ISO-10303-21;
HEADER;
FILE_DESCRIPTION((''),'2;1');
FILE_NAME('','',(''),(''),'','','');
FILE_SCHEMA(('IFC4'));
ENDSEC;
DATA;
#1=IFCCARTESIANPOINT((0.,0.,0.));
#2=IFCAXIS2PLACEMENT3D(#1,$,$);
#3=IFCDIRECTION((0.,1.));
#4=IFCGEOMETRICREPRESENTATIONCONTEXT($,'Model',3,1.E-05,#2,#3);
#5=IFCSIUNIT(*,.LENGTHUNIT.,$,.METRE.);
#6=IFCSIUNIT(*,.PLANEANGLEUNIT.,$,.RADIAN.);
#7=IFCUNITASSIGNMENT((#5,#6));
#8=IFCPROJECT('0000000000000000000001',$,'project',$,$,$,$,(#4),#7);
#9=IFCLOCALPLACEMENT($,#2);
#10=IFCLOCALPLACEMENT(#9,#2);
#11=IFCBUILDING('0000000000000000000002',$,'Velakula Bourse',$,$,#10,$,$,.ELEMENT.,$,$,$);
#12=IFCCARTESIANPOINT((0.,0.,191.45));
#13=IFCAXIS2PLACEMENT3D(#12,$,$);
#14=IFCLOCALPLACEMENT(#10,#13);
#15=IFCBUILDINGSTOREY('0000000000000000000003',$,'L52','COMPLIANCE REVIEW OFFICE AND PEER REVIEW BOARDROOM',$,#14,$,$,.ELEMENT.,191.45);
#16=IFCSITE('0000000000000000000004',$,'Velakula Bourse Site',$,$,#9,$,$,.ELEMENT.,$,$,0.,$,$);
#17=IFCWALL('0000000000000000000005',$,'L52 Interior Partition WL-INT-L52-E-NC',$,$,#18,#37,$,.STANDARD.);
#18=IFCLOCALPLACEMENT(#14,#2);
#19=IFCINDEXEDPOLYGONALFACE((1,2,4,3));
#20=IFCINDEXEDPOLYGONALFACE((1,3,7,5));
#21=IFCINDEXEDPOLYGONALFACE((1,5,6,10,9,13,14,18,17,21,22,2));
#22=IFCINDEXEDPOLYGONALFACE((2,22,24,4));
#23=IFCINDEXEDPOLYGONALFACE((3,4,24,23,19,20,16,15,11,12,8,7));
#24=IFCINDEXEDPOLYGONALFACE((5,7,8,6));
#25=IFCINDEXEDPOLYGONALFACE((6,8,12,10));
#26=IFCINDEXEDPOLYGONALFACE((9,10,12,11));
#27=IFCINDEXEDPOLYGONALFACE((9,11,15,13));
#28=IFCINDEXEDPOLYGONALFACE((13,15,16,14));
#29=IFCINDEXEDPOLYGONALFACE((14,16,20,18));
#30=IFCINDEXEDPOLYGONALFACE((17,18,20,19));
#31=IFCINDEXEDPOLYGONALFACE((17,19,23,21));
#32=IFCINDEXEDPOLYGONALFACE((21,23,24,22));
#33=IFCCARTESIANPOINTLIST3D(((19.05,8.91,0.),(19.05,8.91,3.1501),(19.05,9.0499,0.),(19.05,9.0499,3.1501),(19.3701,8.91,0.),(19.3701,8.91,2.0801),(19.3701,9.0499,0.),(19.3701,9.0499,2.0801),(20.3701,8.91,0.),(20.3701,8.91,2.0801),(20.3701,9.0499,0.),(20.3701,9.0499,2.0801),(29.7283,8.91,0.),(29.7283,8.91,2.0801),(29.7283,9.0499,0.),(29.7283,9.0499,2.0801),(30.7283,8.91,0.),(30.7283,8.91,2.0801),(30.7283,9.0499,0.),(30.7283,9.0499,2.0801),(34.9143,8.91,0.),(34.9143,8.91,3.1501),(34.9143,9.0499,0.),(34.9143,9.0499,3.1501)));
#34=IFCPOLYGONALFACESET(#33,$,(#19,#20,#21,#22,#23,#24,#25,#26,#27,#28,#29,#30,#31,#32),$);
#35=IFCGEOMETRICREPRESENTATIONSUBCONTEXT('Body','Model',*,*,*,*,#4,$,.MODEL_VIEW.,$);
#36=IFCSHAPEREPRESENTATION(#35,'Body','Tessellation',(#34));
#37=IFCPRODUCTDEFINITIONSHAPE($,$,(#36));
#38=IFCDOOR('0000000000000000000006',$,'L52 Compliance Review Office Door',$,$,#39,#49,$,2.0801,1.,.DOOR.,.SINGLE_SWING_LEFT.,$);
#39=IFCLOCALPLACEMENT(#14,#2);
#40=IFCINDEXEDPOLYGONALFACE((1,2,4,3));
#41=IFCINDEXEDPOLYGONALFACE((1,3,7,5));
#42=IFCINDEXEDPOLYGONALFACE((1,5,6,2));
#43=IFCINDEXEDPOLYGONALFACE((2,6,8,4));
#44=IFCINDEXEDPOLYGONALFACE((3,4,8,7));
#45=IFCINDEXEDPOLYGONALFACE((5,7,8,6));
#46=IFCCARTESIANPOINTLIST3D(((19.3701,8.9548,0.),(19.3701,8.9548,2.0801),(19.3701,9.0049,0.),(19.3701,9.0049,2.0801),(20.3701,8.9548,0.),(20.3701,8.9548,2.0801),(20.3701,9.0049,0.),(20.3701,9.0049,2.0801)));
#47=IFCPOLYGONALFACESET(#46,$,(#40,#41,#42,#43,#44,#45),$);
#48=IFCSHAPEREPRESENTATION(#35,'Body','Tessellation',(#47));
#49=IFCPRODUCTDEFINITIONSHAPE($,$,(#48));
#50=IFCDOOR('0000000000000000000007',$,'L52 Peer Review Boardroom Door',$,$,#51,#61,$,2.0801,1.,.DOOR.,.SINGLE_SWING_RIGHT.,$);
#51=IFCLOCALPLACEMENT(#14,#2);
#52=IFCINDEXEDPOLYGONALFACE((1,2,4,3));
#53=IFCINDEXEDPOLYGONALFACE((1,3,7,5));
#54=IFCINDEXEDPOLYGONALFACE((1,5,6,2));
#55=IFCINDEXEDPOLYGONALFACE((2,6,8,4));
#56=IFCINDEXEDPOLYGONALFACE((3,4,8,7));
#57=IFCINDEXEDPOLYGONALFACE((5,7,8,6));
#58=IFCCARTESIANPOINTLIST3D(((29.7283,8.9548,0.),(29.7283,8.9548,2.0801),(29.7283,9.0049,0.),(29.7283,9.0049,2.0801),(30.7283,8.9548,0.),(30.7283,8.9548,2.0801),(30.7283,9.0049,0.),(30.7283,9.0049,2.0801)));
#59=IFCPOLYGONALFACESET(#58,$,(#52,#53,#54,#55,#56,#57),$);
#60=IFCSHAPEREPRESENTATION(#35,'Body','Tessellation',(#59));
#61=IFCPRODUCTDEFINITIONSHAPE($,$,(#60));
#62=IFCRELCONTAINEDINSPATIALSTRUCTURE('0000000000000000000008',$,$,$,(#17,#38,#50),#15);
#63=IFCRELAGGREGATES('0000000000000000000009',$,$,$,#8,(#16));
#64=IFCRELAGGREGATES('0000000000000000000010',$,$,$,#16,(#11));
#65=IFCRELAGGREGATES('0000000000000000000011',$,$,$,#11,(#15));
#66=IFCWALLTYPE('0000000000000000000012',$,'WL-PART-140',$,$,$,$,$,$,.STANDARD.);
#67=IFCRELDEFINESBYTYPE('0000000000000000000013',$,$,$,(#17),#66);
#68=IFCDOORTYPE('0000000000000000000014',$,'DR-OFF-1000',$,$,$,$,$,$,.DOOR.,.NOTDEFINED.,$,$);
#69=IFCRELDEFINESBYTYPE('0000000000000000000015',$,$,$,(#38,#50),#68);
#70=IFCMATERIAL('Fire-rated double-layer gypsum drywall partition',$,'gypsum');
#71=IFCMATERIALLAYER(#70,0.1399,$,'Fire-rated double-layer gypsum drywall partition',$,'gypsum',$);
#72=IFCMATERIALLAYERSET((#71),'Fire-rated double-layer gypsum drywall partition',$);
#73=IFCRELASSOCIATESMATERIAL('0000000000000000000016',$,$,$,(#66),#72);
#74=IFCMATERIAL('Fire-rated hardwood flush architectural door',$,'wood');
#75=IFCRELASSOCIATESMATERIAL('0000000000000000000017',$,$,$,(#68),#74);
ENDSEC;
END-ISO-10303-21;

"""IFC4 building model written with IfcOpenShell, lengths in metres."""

from ifc_helpers import new_model, si_unit, direction, frame, frame_2d, origin, place, context, subcontext, project, spatial, rectangle, extrude, material, layer, layer_set, type_object, element, fill, save


model = new_model("IFC4")

# Units and contexts
model_context = context("Model", 3, precision=1e-05, world=origin(), true_north=direction((0.0, 1.0)))
body_context = subcontext(model_context, "Body", "Model", "MODEL_VIEW")
ifc_project = project(units=[si_unit("LENGTHUNIT", "METRE"), si_unit("PLANEANGLEUNIT", "RADIAN")], contexts=[model_context])

# Site, building, storey
site_placement = place(None, origin())
site = spatial("IfcSite", under=ifc_project, at=site_placement, Name="Velakula Bourse Site", CompositionType="ELEMENT", RefElevation=0.0)
building_placement = place(site_placement, origin())
building = spatial("IfcBuilding", under=site, at=building_placement, Name="Velakula Bourse", CompositionType="ELEMENT")
storey_placement = place(building_placement, frame((0.0, 0.0, 191.45)))
storey = spatial("IfcBuildingStorey", under=building, at=storey_placement, Name="L52", Description="COMPLIANCE REVIEW OFFICE AND PEER REVIEW BOARDROOM", CompositionType="ELEMENT", Elevation=191.45)

# Wall, openings, doors
ifc_material_1 = material(Name="Fire-rated double-layer gypsum drywall partition", Category="gypsum")
ifc_layer = layer(ifc_material_1, 0.1399, Name="Fire-rated double-layer gypsum drywall partition", Category="gypsum")
ifc_layer_set = layer_set([ifc_layer], Name="Fire-rated double-layer gypsum drywall partition")
wall_type = type_object("IfcWallType", Name="WL-PART-140", PredefinedType="STANDARD", material=ifc_layer_set)
wall_placement = place(storey_placement, frame((19.05, 8.98, 0.0), z_axis=(0.0, 0.0, 1.0), x_axis=(1.0, 0.0, 0.0)))
wall = element("IfcWall", 1, at=wall_placement, inside=storey, type_object=wall_type, Name="L52 Interior Partition WL-INT-L52-E-NC", PredefinedType="STANDARD", context=body_context, shape_type="SweptSolid", body=[
    extrude(rectangle(XDim=15.8643, YDim=0.1399, at=frame_2d((7.9321, 0.0))), origin(), (0.0, 0.0, 1.0), 3.1501),
])
opening_1_placement = place(wall_placement, frame((0.3201, 0.0, 0.0)))
opening_1 = element("IfcOpeningElement", 2, at=opening_1_placement, cuts=wall, PredefinedType="OPENING", context=body_context, shape_type="SweptSolid", body=[
    extrude(rectangle(XDim=1.0, YDim=2.0801, at=frame_2d((0.5, 1.04))), frame((0.0, 0.0798, 0.0), z_axis=(0.0, -1.0, 0.0), x_axis=(1.0, 0.0, 0.0)), (0.0, 0.0, 1.0), 0.1599),
])
opening_2_placement = place(wall_placement, frame((10.6782, 0.0, 0.0)))
opening_2 = element("IfcOpeningElement", 3, at=opening_2_placement, cuts=wall, PredefinedType="OPENING", context=body_context, shape_type="SweptSolid", body=[
    extrude(rectangle(XDim=1.0, YDim=2.0801, at=frame_2d((0.5, 1.04))), frame((0.0, 0.0798, 0.0), z_axis=(0.0, -1.0, 0.0), x_axis=(1.0, 0.0, 0.0)), (0.0, 0.0, 1.0), 0.1599),
])
ifc_material_2 = material(Name="Fire-rated hardwood flush architectural door", Category="wood")
door_type = type_object("IfcDoorType", Name="DR-OFF-1000", OperationType="NOTDEFINED", PredefinedType="DOOR", material=ifc_material_2)
door_1_placement = place(opening_1_placement, origin())
door_1 = element("IfcDoor", 4, at=door_1_placement, inside=storey, type_object=door_type, Name="L52 Compliance Review Office Door", OperationType="SINGLE_SWING_LEFT", OverallHeight=2.0801, OverallWidth=1.0, PredefinedType="DOOR", context=body_context, shape_type="SweptSolid", body=[
    extrude(rectangle(XDim=1.0, YDim=2.0801, at=frame_2d((0.5, 1.04))), frame((0.0, 0.0249, 0.0), z_axis=(0.0, -1.0, 0.0), x_axis=(1.0, 0.0, 0.0)), (0.0, 0.0, 1.0), 0.05),
])
fill(opening_1, door_1)
door_2_placement = place(opening_2_placement, origin())
door_2 = element("IfcDoor", 5, at=door_2_placement, inside=storey, type_object=door_type, Name="L52 Peer Review Boardroom Door", OperationType="SINGLE_SWING_RIGHT", OverallHeight=2.0801, OverallWidth=1.0, PredefinedType="DOOR", context=body_context, shape_type="SweptSolid", body=[
    extrude(rectangle(XDim=1.0, YDim=2.0801, at=frame_2d((0.5, 1.04))), frame((0.0, 0.0249, 0.0), z_axis=(0.0, -1.0, 0.0), x_axis=(1.0, 0.0, 0.0)), (0.0, 0.0, 1.0), 0.05),
])
fill(opening_2, door_2)

save(model, "model.ifc")
